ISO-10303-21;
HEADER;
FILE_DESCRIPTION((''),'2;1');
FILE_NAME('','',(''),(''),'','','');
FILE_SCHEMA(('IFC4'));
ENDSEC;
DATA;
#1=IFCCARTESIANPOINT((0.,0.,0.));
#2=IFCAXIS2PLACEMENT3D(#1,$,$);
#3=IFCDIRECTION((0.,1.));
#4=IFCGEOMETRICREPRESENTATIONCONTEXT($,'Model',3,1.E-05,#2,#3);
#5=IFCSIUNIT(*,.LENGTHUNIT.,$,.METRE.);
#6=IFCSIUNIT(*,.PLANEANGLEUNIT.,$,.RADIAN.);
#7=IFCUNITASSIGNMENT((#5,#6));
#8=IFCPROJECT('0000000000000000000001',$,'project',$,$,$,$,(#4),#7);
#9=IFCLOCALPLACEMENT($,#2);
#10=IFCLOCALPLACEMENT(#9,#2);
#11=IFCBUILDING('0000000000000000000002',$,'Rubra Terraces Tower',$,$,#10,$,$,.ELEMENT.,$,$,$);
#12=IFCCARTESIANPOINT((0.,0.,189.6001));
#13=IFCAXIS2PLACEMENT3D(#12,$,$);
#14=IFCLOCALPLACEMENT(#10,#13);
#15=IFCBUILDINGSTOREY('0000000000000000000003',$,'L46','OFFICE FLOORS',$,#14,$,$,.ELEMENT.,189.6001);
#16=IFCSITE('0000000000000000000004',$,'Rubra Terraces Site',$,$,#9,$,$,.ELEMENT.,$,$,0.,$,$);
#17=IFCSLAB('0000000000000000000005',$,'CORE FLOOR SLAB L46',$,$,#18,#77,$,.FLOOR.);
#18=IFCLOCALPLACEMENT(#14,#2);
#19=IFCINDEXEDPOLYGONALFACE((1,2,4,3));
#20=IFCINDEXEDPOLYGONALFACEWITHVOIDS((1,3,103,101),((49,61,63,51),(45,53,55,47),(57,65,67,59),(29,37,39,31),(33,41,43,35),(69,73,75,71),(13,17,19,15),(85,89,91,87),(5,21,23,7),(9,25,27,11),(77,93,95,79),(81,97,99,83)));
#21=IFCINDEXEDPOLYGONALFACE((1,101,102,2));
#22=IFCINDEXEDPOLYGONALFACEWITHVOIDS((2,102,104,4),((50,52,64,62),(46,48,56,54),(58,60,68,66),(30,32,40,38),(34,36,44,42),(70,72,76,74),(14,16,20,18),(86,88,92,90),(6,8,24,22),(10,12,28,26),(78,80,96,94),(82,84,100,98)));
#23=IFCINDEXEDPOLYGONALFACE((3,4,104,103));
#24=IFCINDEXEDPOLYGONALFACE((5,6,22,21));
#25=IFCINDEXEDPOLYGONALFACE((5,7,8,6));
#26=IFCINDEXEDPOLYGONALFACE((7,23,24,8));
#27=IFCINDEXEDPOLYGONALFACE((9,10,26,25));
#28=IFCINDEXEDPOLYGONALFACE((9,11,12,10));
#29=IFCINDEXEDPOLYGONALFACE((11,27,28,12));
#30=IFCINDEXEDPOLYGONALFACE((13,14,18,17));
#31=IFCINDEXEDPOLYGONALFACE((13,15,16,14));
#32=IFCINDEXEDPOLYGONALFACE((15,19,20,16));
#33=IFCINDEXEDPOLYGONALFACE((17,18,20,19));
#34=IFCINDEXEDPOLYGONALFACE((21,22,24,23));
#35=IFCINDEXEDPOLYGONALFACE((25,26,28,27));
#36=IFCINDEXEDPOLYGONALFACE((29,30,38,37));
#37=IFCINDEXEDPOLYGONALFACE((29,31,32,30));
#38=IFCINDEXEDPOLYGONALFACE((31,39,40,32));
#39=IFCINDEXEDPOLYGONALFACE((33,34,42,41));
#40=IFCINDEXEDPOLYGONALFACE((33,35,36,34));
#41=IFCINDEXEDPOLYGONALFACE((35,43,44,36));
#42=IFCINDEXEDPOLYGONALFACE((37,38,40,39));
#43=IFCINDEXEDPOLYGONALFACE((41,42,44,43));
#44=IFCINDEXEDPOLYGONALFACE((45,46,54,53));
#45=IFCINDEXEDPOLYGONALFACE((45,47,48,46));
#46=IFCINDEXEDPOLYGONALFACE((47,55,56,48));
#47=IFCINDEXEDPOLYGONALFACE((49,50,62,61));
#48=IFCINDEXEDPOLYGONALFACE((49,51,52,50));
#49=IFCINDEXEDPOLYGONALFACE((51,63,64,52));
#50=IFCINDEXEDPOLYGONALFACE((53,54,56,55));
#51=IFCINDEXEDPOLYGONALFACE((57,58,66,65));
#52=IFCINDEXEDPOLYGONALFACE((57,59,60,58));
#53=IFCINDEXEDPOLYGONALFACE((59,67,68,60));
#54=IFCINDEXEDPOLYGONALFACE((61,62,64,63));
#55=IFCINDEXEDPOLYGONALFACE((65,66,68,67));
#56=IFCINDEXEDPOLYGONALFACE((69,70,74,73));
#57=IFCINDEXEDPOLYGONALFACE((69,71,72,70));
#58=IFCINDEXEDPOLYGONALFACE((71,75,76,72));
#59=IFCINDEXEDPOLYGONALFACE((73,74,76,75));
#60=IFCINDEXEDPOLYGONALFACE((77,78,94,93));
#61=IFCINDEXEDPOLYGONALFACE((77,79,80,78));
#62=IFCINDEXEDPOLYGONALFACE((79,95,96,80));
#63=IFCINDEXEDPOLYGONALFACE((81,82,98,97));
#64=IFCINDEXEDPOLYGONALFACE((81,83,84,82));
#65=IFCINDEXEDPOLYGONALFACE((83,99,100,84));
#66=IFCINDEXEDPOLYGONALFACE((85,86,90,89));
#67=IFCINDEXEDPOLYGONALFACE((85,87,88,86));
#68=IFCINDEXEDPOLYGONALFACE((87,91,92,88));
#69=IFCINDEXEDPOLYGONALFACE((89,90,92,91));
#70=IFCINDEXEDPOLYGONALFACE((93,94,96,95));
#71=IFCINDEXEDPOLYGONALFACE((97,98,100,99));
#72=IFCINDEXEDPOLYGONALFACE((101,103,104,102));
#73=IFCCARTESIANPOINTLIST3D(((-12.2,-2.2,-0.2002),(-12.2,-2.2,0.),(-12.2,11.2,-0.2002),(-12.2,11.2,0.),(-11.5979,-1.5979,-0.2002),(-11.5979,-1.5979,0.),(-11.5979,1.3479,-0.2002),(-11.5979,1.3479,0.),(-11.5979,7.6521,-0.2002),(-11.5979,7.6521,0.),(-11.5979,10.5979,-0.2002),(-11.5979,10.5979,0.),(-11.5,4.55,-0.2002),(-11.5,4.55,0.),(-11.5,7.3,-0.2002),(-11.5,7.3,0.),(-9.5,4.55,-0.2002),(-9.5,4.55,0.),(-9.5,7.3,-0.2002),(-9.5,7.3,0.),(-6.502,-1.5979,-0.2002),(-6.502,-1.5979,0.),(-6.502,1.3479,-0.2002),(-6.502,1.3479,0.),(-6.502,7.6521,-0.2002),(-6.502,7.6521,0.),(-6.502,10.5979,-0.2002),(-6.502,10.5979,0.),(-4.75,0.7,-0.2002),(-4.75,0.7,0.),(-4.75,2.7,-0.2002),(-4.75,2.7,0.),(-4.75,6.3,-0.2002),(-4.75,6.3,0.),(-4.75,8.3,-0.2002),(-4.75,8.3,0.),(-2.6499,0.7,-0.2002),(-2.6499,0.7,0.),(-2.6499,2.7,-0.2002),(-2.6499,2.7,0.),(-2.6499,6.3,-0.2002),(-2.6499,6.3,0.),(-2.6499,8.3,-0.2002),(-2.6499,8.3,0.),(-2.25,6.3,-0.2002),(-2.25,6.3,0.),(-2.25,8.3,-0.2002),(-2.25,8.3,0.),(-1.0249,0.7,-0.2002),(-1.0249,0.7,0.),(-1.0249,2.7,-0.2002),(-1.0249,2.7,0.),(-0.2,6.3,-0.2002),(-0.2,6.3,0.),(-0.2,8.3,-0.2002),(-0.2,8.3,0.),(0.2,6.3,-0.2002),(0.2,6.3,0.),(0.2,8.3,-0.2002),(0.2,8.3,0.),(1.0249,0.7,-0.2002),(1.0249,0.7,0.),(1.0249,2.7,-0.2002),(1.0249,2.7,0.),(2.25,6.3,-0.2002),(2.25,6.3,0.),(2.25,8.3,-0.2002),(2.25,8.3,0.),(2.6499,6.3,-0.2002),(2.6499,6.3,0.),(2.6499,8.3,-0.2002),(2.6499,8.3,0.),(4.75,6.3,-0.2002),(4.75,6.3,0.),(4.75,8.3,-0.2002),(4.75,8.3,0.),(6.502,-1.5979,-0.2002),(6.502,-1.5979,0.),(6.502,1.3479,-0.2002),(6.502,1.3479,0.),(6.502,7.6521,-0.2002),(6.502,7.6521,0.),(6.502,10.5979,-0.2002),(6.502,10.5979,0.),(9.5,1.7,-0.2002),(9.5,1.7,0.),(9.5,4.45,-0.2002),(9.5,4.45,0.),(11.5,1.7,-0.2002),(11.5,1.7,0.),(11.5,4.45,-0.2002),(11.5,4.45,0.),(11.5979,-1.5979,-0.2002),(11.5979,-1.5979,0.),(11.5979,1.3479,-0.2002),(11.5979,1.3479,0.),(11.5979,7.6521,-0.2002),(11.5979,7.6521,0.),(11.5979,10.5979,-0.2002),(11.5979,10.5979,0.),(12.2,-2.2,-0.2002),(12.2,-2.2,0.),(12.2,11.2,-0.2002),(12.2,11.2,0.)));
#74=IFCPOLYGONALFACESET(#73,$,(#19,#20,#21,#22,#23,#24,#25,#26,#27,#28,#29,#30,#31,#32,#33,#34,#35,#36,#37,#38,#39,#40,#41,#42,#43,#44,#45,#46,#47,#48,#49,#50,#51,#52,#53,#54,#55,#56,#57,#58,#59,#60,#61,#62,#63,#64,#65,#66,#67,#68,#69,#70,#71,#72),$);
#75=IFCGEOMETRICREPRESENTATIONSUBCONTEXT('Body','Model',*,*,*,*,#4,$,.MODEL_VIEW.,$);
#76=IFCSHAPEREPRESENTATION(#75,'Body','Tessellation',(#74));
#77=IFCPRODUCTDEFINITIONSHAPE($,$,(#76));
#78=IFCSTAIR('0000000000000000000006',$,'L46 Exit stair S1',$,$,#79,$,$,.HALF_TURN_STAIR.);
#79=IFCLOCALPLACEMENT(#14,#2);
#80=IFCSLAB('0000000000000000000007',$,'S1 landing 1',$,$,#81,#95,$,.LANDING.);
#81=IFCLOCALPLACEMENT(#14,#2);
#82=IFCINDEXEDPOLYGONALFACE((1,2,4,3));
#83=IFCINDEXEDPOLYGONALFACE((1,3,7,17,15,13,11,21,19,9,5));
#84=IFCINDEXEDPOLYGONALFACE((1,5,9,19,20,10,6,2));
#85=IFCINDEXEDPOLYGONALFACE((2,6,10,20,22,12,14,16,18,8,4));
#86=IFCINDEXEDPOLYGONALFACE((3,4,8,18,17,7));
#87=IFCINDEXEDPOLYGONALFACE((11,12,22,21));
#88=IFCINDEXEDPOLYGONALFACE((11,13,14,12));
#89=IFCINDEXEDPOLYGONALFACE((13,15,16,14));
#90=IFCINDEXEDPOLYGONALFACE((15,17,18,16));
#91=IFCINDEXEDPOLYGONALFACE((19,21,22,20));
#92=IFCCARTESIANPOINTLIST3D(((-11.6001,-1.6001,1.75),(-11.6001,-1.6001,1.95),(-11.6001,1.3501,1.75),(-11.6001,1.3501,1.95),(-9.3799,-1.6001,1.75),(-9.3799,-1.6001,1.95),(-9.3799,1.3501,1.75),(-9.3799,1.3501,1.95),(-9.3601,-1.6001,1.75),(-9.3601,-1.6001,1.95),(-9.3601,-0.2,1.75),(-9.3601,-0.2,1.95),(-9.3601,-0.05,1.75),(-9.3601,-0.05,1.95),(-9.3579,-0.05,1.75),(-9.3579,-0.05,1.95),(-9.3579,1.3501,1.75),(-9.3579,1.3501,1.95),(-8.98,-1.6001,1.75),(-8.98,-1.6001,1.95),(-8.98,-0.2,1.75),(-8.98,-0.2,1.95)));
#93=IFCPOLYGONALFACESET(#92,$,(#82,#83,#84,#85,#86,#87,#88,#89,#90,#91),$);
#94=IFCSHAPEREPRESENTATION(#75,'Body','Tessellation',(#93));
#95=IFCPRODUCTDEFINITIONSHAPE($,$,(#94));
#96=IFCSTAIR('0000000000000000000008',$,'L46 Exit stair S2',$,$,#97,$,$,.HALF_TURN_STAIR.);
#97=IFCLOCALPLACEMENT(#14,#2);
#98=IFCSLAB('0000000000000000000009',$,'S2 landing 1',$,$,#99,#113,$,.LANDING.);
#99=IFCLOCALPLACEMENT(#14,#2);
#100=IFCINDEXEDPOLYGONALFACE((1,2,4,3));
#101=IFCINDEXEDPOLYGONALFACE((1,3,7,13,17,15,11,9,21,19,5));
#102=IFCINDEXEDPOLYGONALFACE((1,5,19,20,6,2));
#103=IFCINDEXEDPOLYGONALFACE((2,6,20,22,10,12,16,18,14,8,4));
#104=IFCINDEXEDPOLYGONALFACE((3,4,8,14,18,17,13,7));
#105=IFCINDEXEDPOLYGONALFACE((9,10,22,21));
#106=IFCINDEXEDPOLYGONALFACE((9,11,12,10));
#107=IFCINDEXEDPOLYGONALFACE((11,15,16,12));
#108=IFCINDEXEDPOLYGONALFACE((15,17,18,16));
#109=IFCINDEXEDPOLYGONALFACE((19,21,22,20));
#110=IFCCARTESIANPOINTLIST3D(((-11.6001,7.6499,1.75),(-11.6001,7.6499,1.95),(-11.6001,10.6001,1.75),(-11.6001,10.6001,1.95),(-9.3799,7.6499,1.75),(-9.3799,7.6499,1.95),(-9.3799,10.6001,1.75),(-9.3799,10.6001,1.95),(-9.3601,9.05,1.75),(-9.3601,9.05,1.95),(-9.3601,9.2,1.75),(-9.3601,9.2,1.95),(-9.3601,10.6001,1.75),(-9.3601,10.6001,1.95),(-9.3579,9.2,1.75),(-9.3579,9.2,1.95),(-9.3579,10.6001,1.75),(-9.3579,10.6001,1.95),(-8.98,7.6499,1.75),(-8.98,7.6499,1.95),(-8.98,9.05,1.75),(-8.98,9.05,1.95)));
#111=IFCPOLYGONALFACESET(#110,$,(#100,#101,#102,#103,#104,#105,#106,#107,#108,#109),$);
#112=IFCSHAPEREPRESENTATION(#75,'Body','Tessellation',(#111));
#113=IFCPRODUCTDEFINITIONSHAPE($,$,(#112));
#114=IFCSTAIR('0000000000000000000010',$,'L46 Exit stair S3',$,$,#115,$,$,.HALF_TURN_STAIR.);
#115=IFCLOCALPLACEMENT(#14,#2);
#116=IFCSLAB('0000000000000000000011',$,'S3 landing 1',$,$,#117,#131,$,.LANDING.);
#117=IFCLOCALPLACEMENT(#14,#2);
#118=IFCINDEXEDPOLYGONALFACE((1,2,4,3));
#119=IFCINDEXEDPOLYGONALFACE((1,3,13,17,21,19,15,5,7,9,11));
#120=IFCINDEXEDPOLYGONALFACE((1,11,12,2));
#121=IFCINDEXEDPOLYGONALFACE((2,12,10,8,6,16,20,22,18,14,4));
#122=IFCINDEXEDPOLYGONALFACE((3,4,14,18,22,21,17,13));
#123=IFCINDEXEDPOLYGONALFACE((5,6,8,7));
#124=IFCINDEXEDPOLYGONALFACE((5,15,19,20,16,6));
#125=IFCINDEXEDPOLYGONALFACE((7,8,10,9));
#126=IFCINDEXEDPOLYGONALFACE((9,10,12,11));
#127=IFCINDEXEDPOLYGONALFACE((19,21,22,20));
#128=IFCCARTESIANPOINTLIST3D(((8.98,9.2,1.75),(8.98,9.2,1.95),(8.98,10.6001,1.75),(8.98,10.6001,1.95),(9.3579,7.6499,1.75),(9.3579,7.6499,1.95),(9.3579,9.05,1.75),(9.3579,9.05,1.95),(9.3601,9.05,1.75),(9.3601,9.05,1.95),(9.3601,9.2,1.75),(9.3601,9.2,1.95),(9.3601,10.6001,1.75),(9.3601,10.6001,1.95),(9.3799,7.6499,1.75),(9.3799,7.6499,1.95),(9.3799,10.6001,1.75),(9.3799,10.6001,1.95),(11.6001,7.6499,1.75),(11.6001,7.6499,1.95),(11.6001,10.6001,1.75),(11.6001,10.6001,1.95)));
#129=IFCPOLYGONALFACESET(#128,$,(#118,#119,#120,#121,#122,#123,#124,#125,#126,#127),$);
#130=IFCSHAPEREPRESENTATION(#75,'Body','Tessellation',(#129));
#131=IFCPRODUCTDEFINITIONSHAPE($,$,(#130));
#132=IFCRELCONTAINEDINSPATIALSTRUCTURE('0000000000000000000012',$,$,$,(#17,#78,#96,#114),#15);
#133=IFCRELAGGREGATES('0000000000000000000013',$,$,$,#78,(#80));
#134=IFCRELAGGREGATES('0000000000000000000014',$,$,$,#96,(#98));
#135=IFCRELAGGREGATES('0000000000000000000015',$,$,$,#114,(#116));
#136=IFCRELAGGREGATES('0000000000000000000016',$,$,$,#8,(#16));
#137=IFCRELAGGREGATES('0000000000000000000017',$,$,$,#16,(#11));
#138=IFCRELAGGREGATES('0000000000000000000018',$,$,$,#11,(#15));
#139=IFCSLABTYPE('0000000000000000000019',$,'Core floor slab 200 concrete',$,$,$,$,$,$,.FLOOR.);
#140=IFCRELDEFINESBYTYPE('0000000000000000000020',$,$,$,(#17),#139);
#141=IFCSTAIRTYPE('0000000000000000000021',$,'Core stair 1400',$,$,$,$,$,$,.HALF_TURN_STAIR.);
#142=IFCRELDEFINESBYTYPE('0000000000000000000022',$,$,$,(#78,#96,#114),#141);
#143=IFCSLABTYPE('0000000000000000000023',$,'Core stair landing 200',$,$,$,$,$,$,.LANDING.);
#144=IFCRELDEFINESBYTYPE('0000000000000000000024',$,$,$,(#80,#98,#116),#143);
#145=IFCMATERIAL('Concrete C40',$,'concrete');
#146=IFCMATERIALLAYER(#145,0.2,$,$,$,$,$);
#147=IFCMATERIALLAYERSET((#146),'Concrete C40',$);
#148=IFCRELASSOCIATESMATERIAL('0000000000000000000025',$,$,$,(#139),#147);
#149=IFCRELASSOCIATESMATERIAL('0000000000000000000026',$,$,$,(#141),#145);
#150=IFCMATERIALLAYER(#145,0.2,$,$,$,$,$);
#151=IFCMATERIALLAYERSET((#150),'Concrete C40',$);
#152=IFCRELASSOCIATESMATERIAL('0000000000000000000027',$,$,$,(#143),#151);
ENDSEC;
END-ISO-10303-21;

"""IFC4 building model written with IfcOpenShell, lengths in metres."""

from ifc_helpers import new_model, si_unit, direction, frame, origin, place, context, subcontext, project, spatial, polyline, outline, extrude, material, layer, layer_set, type_object, element, aggregate, save


model = new_model("IFC4")

# Units and contexts
model_context = context("Model", 3, precision=1e-05, world=origin(), true_north=direction((0.0, 1.0)))
body_context = subcontext(model_context, "Body", "Model", "MODEL_VIEW")
ifc_project = project(units=[si_unit("LENGTHUNIT", "METRE"), si_unit("PLANEANGLEUNIT", "RADIAN")], contexts=[model_context])

# Site, building, storey
site_placement = place(None, origin())
site = spatial("IfcSite", under=ifc_project, at=site_placement, Name="Rubra Terraces Site", CompositionType="ELEMENT", RefElevation=0.0)
building_placement = place(site_placement, origin())
building = spatial("IfcBuilding", under=site, at=building_placement, Name="Rubra Terraces Tower", CompositionType="ELEMENT")
storey_placement = place(building_placement, frame((0.0, 0.0, 189.6001)))
storey = spatial("IfcBuildingStorey", under=building, at=storey_placement, Name="L46", Description="OFFICE FLOORS", CompositionType="ELEMENT", Elevation=189.6001)

# Slab
ifc_material_1 = material(Name="Concrete C40", Category="concrete")
ifc_layer_1 = layer(ifc_material_1, 0.2)
ifc_layer_set_1 = layer_set([ifc_layer_1], Name="Concrete C40")
slab_type_1 = type_object("IfcSlabType", Name="Core floor slab 200 concrete", PredefinedType="FLOOR", material=ifc_layer_set_1)
slab_1_placement = place(storey_placement, frame((0.0, 0.0, -0.2002)))
element("IfcSlab", 1, at=slab_1_placement, inside=storey, type_object=slab_type_1, Name="CORE FLOOR SLAB L46", PredefinedType="FLOOR", context=body_context, shape_type="SweptSolid", body=[
    extrude(outline(polyline([(-12.2, -2.2), (-12.2, 11.2), (12.2, 11.2), (12.2, -2.2), (-12.2, -2.2)]), holes=[polyline([(11.5979, 1.3479), (6.502, 1.3479), (6.502, -1.5979), (11.5979, -1.5979), (11.5979, 1.3479)]), polyline([(11.5979, 7.6521), (11.5979, 10.5979), (6.502, 10.5979), (6.502, 7.6521), (11.5979, 7.6521)]), polyline([(9.5, 1.7), (11.5, 1.7), (11.5, 4.45), (9.5, 4.45), (9.5, 1.7)]), polyline([(4.75, 6.3), (4.75, 8.3), (2.6499, 8.3), (2.6499, 6.3), (4.75, 6.3)]), polyline([(2.25, 8.3), (0.2, 8.3), (0.2, 6.3), (2.25, 6.3), (2.25, 8.3)]), polyline([(1.0249, 0.7), (1.0249, 2.7), (-1.0249, 2.7), (-1.0249, 0.7), (1.0249, 0.7)]), polyline([(-0.2, 6.3), (-0.2, 8.3), (-2.25, 8.3), (-2.25, 6.3), (-0.2, 6.3)]), polyline([(-4.75, 8.3), (-4.75, 6.3), (-2.6499, 6.3), (-2.6499, 8.3), (-4.75, 8.3)]), polyline([(-2.6499, 0.7), (-2.6499, 2.7), (-4.75, 2.7), (-4.75, 0.7), (-2.6499, 0.7)]), polyline([(-11.5979, -1.5979), (-6.502, -1.5979), (-6.502, 1.3479), (-11.5979, 1.3479), (-11.5979, -1.5979)]), polyline([(-11.5979, 10.5979), (-11.5979, 7.6521), (-6.502, 7.6521), (-6.502, 10.5979), (-11.5979, 10.5979)]), polyline([(-9.5, 4.55), (-9.5, 7.3), (-11.5, 7.3), (-11.5, 4.55), (-9.5, 4.55)])]), origin(), (0.0, 0.0, 1.0), 0.2002),
])

# Stairs, slabs
stair_type = type_object("IfcStairType", Name="Core stair 1400", PredefinedType="HALF_TURN_STAIR", material=ifc_material_1)
stair_1_placement = place(storey_placement, origin())
stair_1 = element("IfcStair", 2, at=stair_1_placement, inside=storey, type_object=stair_type, Name="L46 Exit stair S1", PredefinedType="HALF_TURN_STAIR")
ifc_layer_2 = layer(ifc_material_1, 0.2)
ifc_layer_set_2 = layer_set([ifc_layer_2], Name="Concrete C40")
slab_type_2 = type_object("IfcSlabType", Name="Core stair landing 200", PredefinedType="LANDING", material=ifc_layer_set_2)
slab_2_placement = place(storey_placement, frame((0.0, 0.0, 1.75)))
slab_2 = element("IfcSlab", 3, at=slab_2_placement, type_object=slab_type_2, Name="S1 landing 1", PredefinedType="LANDING", context=body_context, shape_type="SweptSolid", body=[
    extrude(outline(polyline([(-8.98, -0.2), (-8.98, -1.6001), (-9.3601, -1.6001), (-9.3799, -1.6001), (-11.6001, -1.6001), (-11.6001, 1.3501), (-9.3799, 1.3501), (-9.3579, 1.3501), (-9.3579, -0.05), (-9.3601, -0.05), (-9.3601, -0.2), (-8.98, -0.2)])), origin(), (0.0, 0.0, 1.0), 0.2),
])
aggregate(stair_1, [slab_2])
stair_2_placement = place(storey_placement, origin())
stair_2 = element("IfcStair", 4, at=stair_2_placement, inside=storey, type_object=stair_type, Name="L46 Exit stair S2", PredefinedType="HALF_TURN_STAIR")
slab_3_placement = place(storey_placement, frame((0.0, 0.0, 1.75)))
slab_3 = element("IfcSlab", 5, at=slab_3_placement, type_object=slab_type_2, Name="S2 landing 1", PredefinedType="LANDING", context=body_context, shape_type="SweptSolid", body=[
    extrude(outline(polyline([(-8.98, 9.05), (-8.98, 7.6499), (-9.3799, 7.6499), (-11.6001, 7.6499), (-11.6001, 10.6001), (-9.3799, 10.6001), (-9.3601, 10.6001), (-9.3579, 10.6001), (-9.3579, 9.2), (-9.3601, 9.2), (-9.3601, 9.05), (-8.98, 9.05)])), origin(), (0.0, 0.0, 1.0), 0.2),
])
aggregate(stair_2, [slab_3])
stair_3_placement = place(storey_placement, origin())
stair_3 = element("IfcStair", 6, at=stair_3_placement, inside=storey, type_object=stair_type, Name="L46 Exit stair S3", PredefinedType="HALF_TURN_STAIR")
slab_4_placement = place(storey_placement, frame((0.0, 0.0, 1.75)))
slab_4 = element("IfcSlab", 7, at=slab_4_placement, type_object=slab_type_2, Name="S3 landing 1", PredefinedType="LANDING", context=body_context, shape_type="SweptSolid", body=[
    extrude(outline(polyline([(9.3601, 9.05), (9.3601, 9.2), (8.98, 9.2), (8.98, 10.6001), (9.3601, 10.6001), (9.3799, 10.6001), (11.6001, 10.6001), (11.6001, 7.6499), (9.3799, 7.6499), (9.3579, 7.6499), (9.3579, 9.05), (9.3601, 9.05)])), origin(), (0.0, 0.0, 1.0), 0.2),
])
aggregate(stair_3, [slab_4])

save(model, "model.ifc")
